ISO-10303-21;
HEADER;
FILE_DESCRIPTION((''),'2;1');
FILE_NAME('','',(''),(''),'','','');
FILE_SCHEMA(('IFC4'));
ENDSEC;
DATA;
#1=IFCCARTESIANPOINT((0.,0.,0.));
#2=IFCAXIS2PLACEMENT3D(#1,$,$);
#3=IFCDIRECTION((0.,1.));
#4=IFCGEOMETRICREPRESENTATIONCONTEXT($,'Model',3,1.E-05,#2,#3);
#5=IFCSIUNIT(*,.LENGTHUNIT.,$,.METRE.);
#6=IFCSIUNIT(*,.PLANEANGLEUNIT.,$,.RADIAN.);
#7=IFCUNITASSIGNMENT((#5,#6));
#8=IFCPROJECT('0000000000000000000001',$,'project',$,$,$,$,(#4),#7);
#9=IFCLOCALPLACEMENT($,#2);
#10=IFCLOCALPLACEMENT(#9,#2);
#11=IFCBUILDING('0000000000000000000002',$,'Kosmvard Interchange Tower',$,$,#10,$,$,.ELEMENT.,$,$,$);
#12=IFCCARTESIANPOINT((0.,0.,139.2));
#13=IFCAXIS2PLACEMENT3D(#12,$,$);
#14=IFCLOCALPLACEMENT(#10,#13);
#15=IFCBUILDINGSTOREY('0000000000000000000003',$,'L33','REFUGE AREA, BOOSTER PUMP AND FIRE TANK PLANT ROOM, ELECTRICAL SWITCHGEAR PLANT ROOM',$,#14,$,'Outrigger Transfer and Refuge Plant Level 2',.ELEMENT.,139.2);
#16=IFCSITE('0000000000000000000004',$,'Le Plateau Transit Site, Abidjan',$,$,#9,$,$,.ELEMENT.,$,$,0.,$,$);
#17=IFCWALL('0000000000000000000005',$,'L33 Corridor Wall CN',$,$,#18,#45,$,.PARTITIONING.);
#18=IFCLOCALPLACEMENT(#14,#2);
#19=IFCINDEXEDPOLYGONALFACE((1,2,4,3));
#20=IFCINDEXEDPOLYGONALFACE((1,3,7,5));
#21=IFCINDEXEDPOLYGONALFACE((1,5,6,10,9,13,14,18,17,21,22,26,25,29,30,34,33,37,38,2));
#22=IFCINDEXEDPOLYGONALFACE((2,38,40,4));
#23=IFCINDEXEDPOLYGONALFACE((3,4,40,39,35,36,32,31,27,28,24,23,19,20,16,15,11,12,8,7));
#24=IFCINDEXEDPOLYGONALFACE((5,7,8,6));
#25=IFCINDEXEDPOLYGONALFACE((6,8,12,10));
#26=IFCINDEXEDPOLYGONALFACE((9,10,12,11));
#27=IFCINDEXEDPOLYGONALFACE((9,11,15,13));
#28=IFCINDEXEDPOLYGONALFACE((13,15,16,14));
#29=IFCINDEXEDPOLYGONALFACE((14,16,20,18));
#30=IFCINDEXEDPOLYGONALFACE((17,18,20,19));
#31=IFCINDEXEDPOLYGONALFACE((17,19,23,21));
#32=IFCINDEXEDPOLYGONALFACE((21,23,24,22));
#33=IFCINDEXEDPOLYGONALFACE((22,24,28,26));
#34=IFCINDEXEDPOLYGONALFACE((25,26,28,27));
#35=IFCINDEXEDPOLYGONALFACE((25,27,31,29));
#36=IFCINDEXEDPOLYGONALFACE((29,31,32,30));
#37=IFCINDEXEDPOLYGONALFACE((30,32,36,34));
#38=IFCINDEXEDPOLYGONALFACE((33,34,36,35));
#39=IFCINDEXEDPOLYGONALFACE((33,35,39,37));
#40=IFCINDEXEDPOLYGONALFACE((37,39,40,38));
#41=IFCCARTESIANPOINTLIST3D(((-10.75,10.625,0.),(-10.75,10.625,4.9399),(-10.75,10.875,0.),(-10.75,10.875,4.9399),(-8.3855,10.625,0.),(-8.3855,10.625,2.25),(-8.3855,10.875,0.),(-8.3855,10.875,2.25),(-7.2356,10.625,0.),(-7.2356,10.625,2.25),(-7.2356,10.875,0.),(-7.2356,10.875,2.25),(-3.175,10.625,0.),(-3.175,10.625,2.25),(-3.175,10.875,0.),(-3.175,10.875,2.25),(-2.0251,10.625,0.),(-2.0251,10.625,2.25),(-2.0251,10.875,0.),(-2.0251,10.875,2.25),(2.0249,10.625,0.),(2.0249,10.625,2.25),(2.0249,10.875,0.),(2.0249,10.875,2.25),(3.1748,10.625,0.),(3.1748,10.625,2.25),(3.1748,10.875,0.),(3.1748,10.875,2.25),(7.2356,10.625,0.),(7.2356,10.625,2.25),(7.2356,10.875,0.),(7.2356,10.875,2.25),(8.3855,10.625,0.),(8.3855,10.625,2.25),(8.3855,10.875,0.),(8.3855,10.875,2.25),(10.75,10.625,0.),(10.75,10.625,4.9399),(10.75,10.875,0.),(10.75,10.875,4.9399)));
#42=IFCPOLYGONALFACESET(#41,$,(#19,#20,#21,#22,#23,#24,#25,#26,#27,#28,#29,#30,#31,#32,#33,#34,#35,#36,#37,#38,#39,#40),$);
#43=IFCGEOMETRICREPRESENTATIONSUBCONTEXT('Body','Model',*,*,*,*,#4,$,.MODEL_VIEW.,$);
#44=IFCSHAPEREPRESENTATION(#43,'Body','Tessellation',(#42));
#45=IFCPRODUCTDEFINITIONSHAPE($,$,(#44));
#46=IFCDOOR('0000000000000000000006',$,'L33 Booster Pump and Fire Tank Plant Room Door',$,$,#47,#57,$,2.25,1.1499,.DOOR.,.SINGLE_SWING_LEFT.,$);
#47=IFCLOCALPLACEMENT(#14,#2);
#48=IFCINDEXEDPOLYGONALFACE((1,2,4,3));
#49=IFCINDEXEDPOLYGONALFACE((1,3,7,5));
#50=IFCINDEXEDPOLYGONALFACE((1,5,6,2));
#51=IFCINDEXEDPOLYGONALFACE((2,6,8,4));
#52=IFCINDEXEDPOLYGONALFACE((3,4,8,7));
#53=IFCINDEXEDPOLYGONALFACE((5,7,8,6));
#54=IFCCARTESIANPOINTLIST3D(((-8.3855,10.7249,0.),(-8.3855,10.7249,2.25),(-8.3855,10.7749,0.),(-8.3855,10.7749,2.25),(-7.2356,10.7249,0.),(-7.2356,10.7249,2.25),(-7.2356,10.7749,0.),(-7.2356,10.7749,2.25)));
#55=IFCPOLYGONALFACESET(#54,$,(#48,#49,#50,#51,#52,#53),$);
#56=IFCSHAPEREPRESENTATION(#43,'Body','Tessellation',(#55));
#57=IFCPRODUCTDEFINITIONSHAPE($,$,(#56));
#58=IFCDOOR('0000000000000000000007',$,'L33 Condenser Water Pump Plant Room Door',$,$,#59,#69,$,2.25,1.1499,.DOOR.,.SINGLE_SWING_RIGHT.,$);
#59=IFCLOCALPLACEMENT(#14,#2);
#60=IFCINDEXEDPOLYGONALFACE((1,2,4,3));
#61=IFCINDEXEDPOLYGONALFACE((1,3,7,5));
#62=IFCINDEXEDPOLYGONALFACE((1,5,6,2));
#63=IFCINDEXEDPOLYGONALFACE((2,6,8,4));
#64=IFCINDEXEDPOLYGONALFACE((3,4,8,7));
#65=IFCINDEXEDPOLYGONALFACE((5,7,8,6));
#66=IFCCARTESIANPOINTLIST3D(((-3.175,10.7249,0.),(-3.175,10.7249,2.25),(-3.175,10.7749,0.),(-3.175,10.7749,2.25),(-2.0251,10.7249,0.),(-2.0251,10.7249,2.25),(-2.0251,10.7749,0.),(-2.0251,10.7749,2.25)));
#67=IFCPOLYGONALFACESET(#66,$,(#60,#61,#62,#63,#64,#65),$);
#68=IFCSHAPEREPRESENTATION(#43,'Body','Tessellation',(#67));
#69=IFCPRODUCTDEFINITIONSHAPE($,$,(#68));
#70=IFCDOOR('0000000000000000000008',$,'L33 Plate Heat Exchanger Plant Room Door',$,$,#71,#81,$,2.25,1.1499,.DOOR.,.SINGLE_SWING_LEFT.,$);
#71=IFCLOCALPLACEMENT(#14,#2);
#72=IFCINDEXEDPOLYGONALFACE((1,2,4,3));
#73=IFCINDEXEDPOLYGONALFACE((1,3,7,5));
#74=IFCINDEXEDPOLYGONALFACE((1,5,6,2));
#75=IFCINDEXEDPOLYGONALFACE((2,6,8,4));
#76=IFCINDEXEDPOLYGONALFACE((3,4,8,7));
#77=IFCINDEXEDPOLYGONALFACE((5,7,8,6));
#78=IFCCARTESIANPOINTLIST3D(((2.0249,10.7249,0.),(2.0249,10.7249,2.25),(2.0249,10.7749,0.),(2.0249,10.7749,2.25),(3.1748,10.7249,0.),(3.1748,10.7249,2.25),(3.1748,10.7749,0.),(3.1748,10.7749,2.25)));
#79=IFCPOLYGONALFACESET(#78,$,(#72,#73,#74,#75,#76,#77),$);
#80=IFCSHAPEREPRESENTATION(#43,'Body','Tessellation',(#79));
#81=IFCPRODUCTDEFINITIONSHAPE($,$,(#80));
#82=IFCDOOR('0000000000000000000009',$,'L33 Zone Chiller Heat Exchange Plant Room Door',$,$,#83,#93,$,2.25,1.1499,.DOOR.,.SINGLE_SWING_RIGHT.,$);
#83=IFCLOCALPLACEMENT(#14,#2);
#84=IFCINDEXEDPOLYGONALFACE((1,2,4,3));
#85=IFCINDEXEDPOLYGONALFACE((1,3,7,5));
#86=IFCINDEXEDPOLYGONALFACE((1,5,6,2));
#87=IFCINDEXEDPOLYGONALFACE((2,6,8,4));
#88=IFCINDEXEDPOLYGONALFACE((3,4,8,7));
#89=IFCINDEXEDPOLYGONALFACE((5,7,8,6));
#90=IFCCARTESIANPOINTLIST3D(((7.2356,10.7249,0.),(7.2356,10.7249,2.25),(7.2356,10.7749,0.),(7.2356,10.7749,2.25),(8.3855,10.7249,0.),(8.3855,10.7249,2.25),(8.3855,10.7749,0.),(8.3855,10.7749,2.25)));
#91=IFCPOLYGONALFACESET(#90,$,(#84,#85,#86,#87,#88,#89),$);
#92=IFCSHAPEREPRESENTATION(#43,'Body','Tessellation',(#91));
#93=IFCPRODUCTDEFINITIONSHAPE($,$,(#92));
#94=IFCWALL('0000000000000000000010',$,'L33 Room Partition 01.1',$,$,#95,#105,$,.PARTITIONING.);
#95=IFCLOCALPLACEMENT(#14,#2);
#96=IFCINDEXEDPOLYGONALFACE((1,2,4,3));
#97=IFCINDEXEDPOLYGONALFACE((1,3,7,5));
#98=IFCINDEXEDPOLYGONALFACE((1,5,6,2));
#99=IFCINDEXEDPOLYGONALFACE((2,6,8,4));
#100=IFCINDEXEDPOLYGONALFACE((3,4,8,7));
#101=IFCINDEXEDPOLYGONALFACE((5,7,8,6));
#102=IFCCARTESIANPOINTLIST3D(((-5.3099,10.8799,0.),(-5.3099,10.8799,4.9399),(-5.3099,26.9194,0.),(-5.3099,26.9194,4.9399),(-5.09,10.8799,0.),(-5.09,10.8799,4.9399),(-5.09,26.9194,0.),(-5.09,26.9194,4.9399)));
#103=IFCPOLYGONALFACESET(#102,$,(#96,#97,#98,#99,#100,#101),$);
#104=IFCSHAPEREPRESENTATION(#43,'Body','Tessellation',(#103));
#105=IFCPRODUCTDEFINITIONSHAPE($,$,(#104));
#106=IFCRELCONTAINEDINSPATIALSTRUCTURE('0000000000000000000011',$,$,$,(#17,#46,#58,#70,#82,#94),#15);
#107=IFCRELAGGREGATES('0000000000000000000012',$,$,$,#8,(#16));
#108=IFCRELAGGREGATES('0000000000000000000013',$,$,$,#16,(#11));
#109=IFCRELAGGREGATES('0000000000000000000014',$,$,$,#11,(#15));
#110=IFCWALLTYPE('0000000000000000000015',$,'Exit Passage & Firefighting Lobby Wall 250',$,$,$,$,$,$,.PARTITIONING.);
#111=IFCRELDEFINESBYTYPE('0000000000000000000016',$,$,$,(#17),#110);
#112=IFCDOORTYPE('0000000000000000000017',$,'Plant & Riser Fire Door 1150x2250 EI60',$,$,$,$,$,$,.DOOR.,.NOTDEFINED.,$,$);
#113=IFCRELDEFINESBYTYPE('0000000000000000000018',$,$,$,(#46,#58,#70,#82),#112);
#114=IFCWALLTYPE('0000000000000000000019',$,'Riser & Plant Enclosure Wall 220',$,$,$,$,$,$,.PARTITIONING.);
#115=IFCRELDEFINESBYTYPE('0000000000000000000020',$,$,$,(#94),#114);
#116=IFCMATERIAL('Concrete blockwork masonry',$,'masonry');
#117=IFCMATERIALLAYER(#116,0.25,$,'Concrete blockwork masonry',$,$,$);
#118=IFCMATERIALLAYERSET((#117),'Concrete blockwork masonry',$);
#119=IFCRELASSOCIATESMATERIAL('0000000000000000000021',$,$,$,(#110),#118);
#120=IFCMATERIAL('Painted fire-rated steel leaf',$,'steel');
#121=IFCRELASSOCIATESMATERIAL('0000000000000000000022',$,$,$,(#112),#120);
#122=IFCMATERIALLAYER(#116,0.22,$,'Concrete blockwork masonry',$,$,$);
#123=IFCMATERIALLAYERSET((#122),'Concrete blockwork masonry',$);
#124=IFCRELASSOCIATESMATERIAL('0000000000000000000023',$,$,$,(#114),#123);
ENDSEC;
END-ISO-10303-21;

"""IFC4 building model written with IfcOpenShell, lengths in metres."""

from ifc_helpers import new_model, si_unit, direction, frame, frame_2d, origin, place, context, subcontext, project, spatial, rectangle, extrude, source, transform, mapped, material, layer, layer_set, type_object, element, fill, save


model = new_model("IFC4")

# Units and contexts
model_context = context("Model", 3, precision=1e-05, world=origin(), true_north=direction((0.0, 1.0)))
body_context = subcontext(model_context, "Body", "Model", "MODEL_VIEW")
ifc_project = project(units=[si_unit("LENGTHUNIT", "METRE"), si_unit("PLANEANGLEUNIT", "RADIAN")], contexts=[model_context])

# Site, building, storey
site_placement = place(None, origin())
site = spatial("IfcSite", under=ifc_project, at=site_placement, Name="Le Plateau Transit Site, Abidjan", CompositionType="ELEMENT", RefElevation=0.0)
building_placement = place(site_placement, origin())
building = spatial("IfcBuilding", under=site, at=building_placement, Name="Kosmvard Interchange Tower", CompositionType="ELEMENT")
storey_placement = place(building_placement, frame((0.0, 0.0, 139.2)))
storey = spatial("IfcBuildingStorey", under=building, at=storey_placement, Name="L33", Description="REFUGE AREA, BOOSTER PUMP AND FIRE TANK PLANT ROOM, ELECTRICAL SWITCHGEAR PLANT ROOM", LongName="Outrigger Transfer and Refuge Plant Level 2", CompositionType="ELEMENT", Elevation=139.2)

# Wall, openings, doors
ifc_material_1 = material(Name="Concrete blockwork masonry", Category="masonry")
ifc_layer_1 = layer(ifc_material_1, 0.25, Name="Concrete blockwork masonry")
ifc_layer_set_1 = layer_set([ifc_layer_1], Name="Concrete blockwork masonry")
wall_type_1 = type_object("IfcWallType", Name="Exit Passage & Firefighting Lobby Wall 250", PredefinedType="PARTITIONING", material=ifc_layer_set_1)
wall_1_placement = place(storey_placement, frame((-10.75, 10.75, 0.0), z_axis=(0.0, 0.0, 1.0), x_axis=(1.0, 0.0, 0.0)))
wall_1 = element("IfcWall", 1, at=wall_1_placement, inside=storey, type_object=wall_type_1, Name="L33 Corridor Wall CN", PredefinedType="PARTITIONING", context=body_context, shape_type="SweptSolid", body=[
    extrude(rectangle(XDim=21.5, YDim=0.25, at=frame_2d((10.75, 0.0))), origin(), (0.0, 0.0, 1.0), 4.9399),
])
opening_1_placement = place(wall_1_placement, frame((2.3645, 0.0, 0.0)))
opening_1 = element("IfcOpeningElement", 2, at=opening_1_placement, cuts=wall_1, PredefinedType="OPENING", context=body_context, shape_type="SweptSolid", body=[
    extrude(rectangle(XDim=1.1499, YDim=2.25, at=frame_2d((0.575, 1.125))), frame((0.0, 0.135, 0.0), z_axis=(0.0, -1.0, 0.0), x_axis=(1.0, 0.0, 0.0)), (0.0, 0.0, 1.0), 0.27),
])
opening_2_placement = place(wall_1_placement, frame((7.575, 0.0, 0.0)))
opening_2 = element("IfcOpeningElement", 3, at=opening_2_placement, cuts=wall_1, PredefinedType="OPENING", context=body_context, shape_type="SweptSolid", body=[
    extrude(rectangle(XDim=1.1499, YDim=2.25, at=frame_2d((0.575, 1.125))), frame((0.0, 0.135, 0.0), z_axis=(0.0, -1.0, 0.0), x_axis=(1.0, 0.0, 0.0)), (0.0, 0.0, 1.0), 0.27),
])
opening_3_placement = place(wall_1_placement, frame((12.7749, 0.0, 0.0)))
opening_3 = element("IfcOpeningElement", 4, at=opening_3_placement, cuts=wall_1, PredefinedType="OPENING", context=body_context, shape_type="SweptSolid", body=[
    extrude(rectangle(XDim=1.1499, YDim=2.25, at=frame_2d((0.575, 1.125))), frame((0.0, 0.135, 0.0), z_axis=(0.0, -1.0, 0.0), x_axis=(1.0, 0.0, 0.0)), (0.0, 0.0, 1.0), 0.27),
])
opening_4_placement = place(wall_1_placement, frame((17.9856, 0.0, 0.0)))
opening_4 = element("IfcOpeningElement", 5, at=opening_4_placement, cuts=wall_1, PredefinedType="OPENING", context=body_context, shape_type="SweptSolid", body=[
    extrude(rectangle(XDim=1.1499, YDim=2.25, at=frame_2d((0.575, 1.125))), frame((0.0, 0.135, 0.0), z_axis=(0.0, -1.0, 0.0), x_axis=(1.0, 0.0, 0.0)), (0.0, 0.0, 1.0), 0.27),
])
ifc_material_2 = material(Name="Painted fire-rated steel leaf", Category="steel")
door_type = type_object("IfcDoorType", Name="Plant & Riser Fire Door 1150x2250 EI60", OperationType="NOTDEFINED", PredefinedType="DOOR", material=ifc_material_2)
shared_shape_1 = source(origin(), body_context, "Body", "SweptSolid", [
    extrude(rectangle(XDim=1.1499, YDim=2.25, at=frame_2d((0.575, 1.125))), frame((0.0, 0.0249, 0.0), z_axis=(0.0, -1.0, 0.0), x_axis=(1.0, 0.0, 0.0)), (0.0, 0.0, 1.0), 0.05),
])
door_1_placement = place(opening_1_placement, origin())
door_1 = element("IfcDoor", 6, at=door_1_placement, inside=storey, type_object=door_type, Name="L33 Booster Pump and Fire Tank Plant Room Door", OperationType="SINGLE_SWING_LEFT", OverallHeight=2.25, OverallWidth=1.1499, PredefinedType="DOOR", context=body_context, shape_type="MappedRepresentation", body=[
    mapped(shared_shape_1, transform((0.0, 0.0, 0.0), scale=1.0)),
])
fill(opening_1, door_1)
door_2_placement = place(opening_2_placement, origin())
door_2 = element("IfcDoor", 7, at=door_2_placement, inside=storey, type_object=door_type, Name="L33 Condenser Water Pump Plant Room Door", OperationType="SINGLE_SWING_RIGHT", OverallHeight=2.25, OverallWidth=1.1499, PredefinedType="DOOR", context=body_context, shape_type="MappedRepresentation", body=[
    mapped(shared_shape_1, transform((0.0, 0.0, 0.0), scale=1.0)),
])
fill(opening_2, door_2)
door_3_placement = place(opening_3_placement, origin())
door_3 = element("IfcDoor", 8, at=door_3_placement, inside=storey, type_object=door_type, Name="L33 Plate Heat Exchanger Plant Room Door", OperationType="SINGLE_SWING_LEFT", OverallHeight=2.25, OverallWidth=1.1499, PredefinedType="DOOR", context=body_context, shape_type="MappedRepresentation", body=[
    mapped(shared_shape_1, transform((0.0, 0.0, 0.0), scale=1.0)),
])
fill(opening_3, door_3)
door_4_placement = place(opening_4_placement, origin())
door_4 = element("IfcDoor", 9, at=door_4_placement, inside=storey, type_object=door_type, Name="L33 Zone Chiller Heat Exchange Plant Room Door", OperationType="SINGLE_SWING_RIGHT", OverallHeight=2.25, OverallWidth=1.1499, PredefinedType="DOOR", context=body_context, shape_type="MappedRepresentation", body=[
    mapped(shared_shape_1, transform((0.0, 0.0, 0.0), scale=1.0)),
])
fill(opening_4, door_4)

# Wall
ifc_layer_2 = layer(ifc_material_1, 0.22, Name="Concrete blockwork masonry")
ifc_layer_set_2 = layer_set([ifc_layer_2], Name="Concrete blockwork masonry")
wall_type_2 = type_object("IfcWallType", Name="Riser & Plant Enclosure Wall 220", PredefinedType="PARTITIONING", material=ifc_layer_set_2)
wall_2_placement = place(storey_placement, frame((-5.2, 10.8799, 0.0), z_axis=(0.0, 0.0, 1.0), x_axis=(0.0, 1.0, 0.0)))
element("IfcWall", 10, at=wall_2_placement, inside=storey, type_object=wall_type_2, Name="L33 Room Partition 01.1", PredefinedType="PARTITIONING", context=body_context, shape_type="SweptSolid", body=[
    extrude(rectangle(XDim=16.0396, YDim=0.22, at=frame_2d((8.0198, 0.0))), origin(), (0.0, 0.0, 1.0), 4.9399),
])

save(model, "model.ifc")
